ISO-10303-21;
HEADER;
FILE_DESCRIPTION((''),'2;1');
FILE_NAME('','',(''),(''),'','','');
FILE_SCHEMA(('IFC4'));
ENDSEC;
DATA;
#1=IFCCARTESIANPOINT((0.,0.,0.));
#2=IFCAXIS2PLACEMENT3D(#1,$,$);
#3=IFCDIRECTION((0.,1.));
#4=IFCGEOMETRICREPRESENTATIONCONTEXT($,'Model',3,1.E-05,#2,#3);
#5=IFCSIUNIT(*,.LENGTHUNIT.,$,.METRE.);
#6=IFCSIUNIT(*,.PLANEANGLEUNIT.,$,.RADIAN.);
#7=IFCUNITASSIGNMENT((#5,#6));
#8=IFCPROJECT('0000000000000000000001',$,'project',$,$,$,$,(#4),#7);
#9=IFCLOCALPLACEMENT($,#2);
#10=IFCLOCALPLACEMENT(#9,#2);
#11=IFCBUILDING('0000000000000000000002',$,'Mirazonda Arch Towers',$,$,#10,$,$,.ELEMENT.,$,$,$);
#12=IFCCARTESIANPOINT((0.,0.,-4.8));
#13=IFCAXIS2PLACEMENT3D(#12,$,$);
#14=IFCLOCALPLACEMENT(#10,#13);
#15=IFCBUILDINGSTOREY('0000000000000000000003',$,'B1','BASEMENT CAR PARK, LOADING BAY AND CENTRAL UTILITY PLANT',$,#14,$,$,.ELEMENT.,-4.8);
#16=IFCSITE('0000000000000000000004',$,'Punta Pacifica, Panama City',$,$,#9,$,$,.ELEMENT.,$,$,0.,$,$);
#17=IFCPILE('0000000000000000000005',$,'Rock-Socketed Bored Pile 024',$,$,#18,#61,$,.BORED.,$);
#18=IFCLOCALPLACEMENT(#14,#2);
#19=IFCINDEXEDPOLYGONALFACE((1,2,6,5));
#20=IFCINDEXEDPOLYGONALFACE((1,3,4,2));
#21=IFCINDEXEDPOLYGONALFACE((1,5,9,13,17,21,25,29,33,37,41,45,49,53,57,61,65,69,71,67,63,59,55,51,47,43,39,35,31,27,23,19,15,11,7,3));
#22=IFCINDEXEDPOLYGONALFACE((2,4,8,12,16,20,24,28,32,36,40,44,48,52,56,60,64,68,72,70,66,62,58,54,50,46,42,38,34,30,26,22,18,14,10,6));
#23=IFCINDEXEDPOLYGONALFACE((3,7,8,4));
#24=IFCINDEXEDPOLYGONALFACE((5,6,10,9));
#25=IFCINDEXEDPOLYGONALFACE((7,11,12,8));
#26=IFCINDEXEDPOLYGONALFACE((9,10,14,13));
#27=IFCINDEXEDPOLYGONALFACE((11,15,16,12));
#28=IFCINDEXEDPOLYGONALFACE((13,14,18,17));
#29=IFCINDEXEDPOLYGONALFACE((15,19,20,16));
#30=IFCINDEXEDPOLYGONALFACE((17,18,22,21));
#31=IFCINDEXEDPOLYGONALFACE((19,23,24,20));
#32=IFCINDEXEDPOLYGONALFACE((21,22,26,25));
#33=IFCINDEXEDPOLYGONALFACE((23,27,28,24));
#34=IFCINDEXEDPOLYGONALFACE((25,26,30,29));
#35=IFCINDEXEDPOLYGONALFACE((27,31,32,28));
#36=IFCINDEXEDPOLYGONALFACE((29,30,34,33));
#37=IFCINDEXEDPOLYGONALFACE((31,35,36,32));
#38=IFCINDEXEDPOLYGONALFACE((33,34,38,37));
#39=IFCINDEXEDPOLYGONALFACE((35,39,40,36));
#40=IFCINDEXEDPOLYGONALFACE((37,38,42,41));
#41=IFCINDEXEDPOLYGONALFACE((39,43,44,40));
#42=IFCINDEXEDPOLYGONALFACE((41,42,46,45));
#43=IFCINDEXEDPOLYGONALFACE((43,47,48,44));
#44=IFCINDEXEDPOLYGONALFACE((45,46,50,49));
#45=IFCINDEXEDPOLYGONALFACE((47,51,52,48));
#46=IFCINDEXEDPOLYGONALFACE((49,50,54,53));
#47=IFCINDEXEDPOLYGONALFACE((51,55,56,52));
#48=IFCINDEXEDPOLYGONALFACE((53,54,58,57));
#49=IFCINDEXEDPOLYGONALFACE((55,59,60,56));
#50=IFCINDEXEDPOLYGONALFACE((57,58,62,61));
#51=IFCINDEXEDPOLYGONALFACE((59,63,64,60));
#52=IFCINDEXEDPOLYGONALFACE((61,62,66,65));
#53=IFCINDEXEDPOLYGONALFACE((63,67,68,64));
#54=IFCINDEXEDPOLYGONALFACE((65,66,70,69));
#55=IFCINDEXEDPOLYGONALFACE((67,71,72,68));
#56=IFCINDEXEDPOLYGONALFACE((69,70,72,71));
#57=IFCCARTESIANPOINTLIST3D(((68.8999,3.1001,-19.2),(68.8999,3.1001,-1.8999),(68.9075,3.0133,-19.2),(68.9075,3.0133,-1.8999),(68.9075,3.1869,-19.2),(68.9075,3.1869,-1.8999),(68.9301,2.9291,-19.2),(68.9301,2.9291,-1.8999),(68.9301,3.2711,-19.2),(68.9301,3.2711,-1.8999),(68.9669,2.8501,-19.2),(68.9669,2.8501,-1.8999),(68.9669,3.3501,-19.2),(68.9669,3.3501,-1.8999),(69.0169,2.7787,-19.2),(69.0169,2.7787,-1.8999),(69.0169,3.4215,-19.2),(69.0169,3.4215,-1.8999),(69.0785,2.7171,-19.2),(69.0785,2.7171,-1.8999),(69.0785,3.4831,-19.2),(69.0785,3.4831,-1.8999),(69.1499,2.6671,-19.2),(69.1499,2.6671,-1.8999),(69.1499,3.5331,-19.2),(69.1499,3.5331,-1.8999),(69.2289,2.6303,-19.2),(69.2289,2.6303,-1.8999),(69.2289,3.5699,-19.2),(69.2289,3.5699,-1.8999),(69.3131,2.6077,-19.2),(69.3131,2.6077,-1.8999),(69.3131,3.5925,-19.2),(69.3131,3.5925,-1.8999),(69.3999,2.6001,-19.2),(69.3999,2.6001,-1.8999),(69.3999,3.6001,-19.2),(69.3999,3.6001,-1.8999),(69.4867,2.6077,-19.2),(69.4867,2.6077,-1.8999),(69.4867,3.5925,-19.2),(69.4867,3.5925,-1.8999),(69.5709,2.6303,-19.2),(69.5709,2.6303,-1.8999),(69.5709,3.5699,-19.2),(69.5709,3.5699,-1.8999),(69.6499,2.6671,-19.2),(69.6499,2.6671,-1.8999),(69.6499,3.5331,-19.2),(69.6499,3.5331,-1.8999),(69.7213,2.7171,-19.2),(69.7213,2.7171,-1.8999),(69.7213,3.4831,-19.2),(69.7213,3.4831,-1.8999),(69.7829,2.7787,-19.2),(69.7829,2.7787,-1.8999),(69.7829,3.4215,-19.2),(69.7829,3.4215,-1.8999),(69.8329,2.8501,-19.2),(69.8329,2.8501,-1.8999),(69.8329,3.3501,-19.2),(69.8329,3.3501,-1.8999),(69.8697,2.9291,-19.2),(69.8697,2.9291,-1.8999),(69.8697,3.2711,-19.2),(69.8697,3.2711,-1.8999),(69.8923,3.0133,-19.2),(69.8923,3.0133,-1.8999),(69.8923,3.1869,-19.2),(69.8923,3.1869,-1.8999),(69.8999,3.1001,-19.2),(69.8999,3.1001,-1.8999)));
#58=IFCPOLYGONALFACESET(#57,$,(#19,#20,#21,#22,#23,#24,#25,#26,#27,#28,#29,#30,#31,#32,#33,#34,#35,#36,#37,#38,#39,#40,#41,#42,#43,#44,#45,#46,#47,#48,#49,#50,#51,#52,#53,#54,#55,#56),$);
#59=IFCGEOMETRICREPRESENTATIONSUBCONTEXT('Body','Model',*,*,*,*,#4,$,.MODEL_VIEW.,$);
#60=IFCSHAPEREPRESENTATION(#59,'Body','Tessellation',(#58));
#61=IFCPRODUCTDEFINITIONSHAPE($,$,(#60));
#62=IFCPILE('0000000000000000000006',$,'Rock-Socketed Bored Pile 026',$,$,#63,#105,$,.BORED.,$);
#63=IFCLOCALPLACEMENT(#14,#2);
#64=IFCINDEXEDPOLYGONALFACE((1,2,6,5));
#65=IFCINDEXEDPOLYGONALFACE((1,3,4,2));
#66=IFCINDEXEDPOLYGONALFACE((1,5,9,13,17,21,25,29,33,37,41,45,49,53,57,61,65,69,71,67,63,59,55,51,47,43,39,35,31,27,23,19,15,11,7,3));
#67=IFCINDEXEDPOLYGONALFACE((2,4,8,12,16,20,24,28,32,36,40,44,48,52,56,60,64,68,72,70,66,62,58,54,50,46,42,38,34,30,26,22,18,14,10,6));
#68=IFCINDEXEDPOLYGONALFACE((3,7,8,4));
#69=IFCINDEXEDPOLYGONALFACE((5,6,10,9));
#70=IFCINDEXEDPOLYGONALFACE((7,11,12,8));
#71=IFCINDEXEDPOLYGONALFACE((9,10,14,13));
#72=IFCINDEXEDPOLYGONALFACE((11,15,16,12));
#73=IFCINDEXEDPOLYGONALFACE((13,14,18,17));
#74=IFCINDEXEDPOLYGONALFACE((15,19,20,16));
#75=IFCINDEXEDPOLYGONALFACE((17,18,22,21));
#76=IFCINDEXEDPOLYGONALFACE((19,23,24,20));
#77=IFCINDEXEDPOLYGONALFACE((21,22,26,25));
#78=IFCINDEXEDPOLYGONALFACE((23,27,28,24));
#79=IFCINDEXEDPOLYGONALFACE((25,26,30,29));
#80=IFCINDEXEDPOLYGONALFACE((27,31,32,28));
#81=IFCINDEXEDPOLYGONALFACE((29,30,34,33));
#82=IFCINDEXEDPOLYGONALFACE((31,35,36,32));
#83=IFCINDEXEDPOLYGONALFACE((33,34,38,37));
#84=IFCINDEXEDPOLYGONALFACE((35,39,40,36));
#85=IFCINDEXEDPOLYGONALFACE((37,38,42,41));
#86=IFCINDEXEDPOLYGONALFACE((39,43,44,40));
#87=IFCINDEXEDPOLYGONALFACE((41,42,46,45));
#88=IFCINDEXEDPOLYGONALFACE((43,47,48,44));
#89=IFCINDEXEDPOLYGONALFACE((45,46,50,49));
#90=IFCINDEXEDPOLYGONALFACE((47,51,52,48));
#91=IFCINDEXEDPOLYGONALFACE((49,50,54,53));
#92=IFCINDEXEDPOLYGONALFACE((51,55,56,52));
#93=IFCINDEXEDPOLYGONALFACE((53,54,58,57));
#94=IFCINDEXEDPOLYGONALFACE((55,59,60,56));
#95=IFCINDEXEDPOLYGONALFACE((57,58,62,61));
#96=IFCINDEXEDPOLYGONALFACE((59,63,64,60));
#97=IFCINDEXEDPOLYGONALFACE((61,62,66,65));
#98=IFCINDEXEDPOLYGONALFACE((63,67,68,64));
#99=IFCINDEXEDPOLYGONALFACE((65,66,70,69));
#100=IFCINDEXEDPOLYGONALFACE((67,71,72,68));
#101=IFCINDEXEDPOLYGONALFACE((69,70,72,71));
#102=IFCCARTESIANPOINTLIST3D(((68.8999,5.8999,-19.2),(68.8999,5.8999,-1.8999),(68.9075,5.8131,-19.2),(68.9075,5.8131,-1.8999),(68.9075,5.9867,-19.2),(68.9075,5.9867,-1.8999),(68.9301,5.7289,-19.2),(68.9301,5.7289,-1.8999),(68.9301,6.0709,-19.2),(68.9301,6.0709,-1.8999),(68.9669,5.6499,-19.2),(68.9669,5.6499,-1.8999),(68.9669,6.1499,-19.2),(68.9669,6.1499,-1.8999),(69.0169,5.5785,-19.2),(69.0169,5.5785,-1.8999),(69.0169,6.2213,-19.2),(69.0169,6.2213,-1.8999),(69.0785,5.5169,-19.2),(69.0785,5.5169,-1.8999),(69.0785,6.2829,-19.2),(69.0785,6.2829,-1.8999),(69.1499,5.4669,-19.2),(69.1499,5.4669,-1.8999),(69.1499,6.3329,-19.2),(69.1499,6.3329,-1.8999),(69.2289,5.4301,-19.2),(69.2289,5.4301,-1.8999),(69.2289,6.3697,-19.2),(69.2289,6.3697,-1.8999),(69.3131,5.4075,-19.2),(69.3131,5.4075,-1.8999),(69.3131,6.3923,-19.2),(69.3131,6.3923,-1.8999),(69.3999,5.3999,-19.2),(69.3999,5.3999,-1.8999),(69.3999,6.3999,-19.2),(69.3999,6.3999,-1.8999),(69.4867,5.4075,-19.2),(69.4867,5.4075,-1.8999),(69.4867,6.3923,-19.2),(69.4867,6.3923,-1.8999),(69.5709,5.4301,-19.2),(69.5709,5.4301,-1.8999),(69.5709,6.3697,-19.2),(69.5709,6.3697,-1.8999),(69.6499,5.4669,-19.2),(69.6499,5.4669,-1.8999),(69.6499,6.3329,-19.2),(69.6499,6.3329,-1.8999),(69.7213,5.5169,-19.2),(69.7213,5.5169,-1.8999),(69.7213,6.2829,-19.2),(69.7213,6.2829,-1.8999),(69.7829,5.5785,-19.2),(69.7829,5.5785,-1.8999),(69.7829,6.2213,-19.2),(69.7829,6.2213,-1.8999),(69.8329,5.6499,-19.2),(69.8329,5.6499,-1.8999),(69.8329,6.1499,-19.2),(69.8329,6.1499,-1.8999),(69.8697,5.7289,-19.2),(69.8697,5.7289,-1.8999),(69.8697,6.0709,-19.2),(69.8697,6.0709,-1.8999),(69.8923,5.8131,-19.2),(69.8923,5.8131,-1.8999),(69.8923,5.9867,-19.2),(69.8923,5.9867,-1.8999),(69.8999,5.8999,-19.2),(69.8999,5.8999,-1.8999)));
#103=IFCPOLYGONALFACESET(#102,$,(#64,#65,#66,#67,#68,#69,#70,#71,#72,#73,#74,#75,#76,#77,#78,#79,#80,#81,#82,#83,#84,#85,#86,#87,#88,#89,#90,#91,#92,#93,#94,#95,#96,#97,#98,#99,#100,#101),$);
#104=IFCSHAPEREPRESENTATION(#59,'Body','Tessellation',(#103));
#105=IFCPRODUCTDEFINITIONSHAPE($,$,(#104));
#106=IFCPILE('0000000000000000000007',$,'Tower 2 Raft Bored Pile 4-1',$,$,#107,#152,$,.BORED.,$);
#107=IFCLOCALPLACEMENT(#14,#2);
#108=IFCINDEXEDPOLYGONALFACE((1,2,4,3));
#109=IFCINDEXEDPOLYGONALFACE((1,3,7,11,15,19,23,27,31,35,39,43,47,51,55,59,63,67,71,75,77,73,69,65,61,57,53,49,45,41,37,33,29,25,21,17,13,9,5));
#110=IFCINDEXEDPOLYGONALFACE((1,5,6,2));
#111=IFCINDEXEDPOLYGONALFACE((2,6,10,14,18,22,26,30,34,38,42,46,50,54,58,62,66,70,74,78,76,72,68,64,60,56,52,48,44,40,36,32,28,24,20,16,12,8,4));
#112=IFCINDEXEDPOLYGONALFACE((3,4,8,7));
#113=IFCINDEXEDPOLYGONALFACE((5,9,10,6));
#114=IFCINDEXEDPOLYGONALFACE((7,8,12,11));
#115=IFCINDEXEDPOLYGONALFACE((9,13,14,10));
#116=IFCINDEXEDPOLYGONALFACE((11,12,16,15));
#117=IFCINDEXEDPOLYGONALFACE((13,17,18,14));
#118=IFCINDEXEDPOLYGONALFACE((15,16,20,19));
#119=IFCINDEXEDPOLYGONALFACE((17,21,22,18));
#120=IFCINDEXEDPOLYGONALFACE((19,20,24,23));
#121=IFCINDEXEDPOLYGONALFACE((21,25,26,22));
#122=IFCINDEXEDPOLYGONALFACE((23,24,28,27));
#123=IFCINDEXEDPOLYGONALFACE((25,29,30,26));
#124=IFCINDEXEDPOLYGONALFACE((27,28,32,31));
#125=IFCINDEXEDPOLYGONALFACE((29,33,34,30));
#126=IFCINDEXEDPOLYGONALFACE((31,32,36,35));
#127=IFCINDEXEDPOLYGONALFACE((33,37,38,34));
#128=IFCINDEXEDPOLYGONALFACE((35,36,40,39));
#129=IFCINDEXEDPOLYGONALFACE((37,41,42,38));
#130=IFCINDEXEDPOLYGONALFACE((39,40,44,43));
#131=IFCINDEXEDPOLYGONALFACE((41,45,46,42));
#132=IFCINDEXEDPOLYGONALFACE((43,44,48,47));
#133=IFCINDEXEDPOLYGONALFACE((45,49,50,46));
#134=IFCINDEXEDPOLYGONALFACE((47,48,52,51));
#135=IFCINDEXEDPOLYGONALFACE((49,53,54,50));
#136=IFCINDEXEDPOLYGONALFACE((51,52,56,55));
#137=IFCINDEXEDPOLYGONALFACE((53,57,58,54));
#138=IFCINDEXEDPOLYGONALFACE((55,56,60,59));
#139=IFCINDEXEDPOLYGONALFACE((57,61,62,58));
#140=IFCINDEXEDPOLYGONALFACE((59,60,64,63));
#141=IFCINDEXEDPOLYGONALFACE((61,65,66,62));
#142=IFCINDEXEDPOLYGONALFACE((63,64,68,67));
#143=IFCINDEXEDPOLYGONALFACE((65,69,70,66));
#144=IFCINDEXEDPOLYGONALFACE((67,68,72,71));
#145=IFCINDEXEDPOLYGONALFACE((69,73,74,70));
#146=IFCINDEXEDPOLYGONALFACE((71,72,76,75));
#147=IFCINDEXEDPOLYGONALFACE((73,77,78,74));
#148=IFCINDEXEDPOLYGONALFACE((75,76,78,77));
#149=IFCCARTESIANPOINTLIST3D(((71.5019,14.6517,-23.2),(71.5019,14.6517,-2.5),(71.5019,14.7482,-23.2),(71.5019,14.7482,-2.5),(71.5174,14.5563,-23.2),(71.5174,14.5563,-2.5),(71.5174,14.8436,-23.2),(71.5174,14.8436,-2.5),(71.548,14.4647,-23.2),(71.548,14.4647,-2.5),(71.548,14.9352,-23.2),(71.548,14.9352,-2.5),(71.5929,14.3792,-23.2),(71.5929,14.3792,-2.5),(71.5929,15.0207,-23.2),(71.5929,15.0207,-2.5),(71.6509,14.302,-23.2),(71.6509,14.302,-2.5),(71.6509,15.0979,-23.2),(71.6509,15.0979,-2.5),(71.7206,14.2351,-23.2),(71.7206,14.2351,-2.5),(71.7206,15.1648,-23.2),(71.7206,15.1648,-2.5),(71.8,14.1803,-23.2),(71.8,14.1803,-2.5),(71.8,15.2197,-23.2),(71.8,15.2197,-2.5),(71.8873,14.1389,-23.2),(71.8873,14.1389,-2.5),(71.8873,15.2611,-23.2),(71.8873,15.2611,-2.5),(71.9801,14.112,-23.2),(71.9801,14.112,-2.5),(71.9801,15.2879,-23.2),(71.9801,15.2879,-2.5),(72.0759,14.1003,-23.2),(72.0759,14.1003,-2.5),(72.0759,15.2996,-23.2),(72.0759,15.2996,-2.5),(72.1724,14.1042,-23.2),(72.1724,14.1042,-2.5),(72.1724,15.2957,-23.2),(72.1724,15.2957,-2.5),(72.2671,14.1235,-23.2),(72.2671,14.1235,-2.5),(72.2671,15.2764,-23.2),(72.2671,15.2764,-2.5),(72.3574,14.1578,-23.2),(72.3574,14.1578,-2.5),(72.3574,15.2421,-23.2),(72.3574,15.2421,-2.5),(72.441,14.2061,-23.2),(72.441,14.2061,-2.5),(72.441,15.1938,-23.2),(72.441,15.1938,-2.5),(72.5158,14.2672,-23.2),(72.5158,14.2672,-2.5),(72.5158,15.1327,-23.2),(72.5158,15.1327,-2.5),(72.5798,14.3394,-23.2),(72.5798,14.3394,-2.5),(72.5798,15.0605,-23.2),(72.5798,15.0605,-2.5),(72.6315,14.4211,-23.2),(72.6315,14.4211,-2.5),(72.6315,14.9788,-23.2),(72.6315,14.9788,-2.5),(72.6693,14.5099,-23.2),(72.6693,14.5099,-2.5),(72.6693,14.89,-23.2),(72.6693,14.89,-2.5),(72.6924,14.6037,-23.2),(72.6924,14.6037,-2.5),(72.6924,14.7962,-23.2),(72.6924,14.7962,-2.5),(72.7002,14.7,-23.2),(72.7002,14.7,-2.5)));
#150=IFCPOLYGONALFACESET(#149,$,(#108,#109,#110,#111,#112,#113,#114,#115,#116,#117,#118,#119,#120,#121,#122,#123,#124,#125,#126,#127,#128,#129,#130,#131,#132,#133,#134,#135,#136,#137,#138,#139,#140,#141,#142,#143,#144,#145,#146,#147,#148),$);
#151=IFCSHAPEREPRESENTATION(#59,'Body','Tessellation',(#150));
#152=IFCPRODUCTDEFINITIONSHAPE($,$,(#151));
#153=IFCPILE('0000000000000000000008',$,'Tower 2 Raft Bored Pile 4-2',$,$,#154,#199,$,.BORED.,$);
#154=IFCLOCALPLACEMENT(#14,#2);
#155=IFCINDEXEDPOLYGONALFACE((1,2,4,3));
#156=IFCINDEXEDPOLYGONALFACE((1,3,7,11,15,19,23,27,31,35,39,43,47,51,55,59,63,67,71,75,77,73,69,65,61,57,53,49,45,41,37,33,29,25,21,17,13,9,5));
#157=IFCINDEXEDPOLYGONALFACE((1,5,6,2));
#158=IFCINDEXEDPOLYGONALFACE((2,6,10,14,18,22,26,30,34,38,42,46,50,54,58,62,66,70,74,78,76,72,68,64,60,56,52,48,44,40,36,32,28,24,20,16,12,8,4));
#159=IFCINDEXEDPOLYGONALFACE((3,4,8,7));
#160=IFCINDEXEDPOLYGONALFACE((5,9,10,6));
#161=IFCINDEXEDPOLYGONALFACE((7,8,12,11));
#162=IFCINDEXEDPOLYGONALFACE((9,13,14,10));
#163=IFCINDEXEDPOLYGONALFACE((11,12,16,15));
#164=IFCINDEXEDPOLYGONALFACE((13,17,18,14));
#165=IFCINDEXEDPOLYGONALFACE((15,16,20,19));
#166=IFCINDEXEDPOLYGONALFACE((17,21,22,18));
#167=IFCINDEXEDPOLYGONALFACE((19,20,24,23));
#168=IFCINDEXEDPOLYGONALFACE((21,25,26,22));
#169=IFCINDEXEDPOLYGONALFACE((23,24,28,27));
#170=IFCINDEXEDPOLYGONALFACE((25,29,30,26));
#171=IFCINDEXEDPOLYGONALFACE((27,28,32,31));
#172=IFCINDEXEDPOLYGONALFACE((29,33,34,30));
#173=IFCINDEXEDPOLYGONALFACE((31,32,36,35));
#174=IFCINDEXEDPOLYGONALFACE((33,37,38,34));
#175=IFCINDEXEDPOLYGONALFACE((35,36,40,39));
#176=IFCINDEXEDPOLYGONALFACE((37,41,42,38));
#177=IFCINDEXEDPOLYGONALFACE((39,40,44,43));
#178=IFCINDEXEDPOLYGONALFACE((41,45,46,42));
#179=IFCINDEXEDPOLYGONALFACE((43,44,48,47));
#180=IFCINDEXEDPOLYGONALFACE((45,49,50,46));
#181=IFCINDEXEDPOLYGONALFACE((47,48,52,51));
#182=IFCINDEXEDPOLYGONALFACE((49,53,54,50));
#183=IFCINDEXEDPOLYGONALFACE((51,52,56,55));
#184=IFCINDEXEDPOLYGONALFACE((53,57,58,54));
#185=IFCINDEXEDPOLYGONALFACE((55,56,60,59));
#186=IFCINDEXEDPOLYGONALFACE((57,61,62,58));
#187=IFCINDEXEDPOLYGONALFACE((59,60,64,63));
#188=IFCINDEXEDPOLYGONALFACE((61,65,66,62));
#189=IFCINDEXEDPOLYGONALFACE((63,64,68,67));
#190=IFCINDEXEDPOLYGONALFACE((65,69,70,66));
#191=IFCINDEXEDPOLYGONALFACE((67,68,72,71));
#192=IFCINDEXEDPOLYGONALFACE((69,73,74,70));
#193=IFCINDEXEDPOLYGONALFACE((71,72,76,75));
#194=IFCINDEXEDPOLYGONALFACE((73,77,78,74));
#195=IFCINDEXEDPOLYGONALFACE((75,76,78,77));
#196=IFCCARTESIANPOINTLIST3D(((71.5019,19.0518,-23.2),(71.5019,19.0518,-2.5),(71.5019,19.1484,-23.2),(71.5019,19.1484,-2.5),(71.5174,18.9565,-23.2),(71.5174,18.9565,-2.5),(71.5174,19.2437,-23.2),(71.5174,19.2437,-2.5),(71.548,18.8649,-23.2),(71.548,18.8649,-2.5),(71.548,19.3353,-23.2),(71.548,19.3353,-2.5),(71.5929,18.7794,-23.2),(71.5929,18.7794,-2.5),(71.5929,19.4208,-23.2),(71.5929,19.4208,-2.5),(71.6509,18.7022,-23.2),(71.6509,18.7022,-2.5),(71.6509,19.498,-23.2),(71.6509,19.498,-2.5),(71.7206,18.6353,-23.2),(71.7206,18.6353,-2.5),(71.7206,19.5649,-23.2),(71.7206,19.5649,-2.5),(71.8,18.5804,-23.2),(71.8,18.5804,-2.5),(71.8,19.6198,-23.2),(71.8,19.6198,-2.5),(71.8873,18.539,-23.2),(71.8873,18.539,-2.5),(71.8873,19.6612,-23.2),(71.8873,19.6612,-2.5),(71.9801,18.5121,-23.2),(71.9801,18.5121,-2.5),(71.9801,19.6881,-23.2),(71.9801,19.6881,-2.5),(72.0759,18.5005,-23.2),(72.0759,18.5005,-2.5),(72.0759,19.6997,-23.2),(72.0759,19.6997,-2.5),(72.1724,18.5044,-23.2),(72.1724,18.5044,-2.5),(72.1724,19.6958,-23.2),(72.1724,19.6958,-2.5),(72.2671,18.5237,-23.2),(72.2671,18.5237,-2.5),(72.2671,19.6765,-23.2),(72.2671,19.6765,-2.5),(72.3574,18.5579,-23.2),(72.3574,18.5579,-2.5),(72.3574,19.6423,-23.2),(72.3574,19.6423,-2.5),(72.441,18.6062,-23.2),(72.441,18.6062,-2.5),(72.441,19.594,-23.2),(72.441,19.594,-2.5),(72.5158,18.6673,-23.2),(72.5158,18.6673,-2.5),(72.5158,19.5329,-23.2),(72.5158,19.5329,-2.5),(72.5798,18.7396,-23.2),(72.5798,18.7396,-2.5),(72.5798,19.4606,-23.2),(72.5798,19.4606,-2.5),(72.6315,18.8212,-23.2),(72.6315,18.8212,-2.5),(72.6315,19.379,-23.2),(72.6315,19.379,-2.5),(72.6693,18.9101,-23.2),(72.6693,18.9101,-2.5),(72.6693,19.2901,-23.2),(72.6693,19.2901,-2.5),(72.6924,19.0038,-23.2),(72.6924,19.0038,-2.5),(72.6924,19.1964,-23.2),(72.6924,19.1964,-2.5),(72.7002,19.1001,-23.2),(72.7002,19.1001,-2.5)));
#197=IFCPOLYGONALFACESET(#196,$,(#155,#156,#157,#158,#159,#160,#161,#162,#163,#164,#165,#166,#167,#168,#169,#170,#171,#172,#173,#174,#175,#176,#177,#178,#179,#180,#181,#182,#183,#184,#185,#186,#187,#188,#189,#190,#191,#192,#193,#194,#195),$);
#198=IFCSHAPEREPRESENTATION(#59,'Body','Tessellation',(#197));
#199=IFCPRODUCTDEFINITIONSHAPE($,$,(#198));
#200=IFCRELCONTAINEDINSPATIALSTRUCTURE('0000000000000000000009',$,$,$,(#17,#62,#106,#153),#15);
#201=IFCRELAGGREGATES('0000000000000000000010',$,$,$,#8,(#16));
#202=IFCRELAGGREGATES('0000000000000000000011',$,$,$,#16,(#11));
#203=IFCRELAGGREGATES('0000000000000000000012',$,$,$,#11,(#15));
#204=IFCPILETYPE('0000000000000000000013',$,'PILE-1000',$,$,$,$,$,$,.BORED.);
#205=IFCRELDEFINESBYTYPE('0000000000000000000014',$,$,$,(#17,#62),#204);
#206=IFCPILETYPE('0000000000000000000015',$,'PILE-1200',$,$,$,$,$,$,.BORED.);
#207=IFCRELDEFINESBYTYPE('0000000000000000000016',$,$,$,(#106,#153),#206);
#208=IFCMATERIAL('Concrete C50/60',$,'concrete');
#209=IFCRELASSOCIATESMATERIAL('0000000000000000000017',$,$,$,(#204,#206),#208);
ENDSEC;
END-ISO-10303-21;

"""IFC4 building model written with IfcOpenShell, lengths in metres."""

from ifc_helpers import new_model, si_unit, direction, frame, origin, origin_2d, place, context, subcontext, project, spatial, circle, extrude, material, material_profile, profile_set, type_object, element, save


model = new_model("IFC4")

# Units and contexts
model_context = context("Model", 3, precision=1e-05, world=origin(), true_north=direction((0.0, 1.0)))
body_context = subcontext(model_context, "Body", "Model", "MODEL_VIEW")
ifc_project = project(units=[si_unit("LENGTHUNIT", "METRE"), si_unit("PLANEANGLEUNIT", "RADIAN")], contexts=[model_context])

# Site, building, storey
site_placement = place(None, origin())
site = spatial("IfcSite", under=ifc_project, at=site_placement, Name="Punta Pacifica, Panama City", CompositionType="ELEMENT", RefElevation=0.0)
building_placement = place(site_placement, origin())
building = spatial("IfcBuilding", under=site, at=building_placement, Name="Mirazonda Arch Towers", CompositionType="ELEMENT")
storey_placement = place(building_placement, frame((0.0, 0.0, -4.8)))
storey = spatial("IfcBuildingStorey", under=building, at=storey_placement, Name="B1", Description="BASEMENT CAR PARK, LOADING BAY AND CENTRAL UTILITY PLANT", CompositionType="ELEMENT", Elevation=-4.8)

# Piles
ifc_material_1 = material(Name="Concrete C50/60", Category="concrete")
ifc_material_profile_1 = material_profile(ifc_material_1, circle(Radius=0.5, at=origin_2d()), Name="BORED-D1000")
ifc_profile_set_1 = profile_set([ifc_material_profile_1], Name="Concrete C50/60")
pile_type_1 = type_object("IfcPileType", Name="PILE-1000", PredefinedType="BORED", material=ifc_profile_set_1)
for number, where, z_axis, x_axis, name in (
    (1, (69.3999, 3.1001, -1.8999), (0.0, 0.0, -1.0), (1.0, 0.0, 0.0), "Rock-Socketed Bored Pile 024"),
    (2, (69.3999, 5.8999, -1.8999), (0.0, 0.0, -1.0), (1.0, 0.0, 0.0), "Rock-Socketed Bored Pile 026"),
):
    element("IfcPile", number, at=place(storey_placement, frame(where, z_axis=z_axis, x_axis=x_axis)), inside=storey, type_object=pile_type_1, Name=name, PredefinedType="BORED", context=body_context, shape_type="SweptSolid", body=[
        extrude(circle(Radius=0.5, at=origin_2d()), origin(), (0.0, 0.0, 1.0), 17.3),
    ])
ifc_material_profile_2 = material_profile(ifc_material_1, circle(Radius=0.6001, at=origin_2d()), Name="BORED-D1200")
ifc_profile_set_2 = profile_set([ifc_material_profile_2], Name="Concrete C50/60")
pile_type_2 = type_object("IfcPileType", Name="PILE-1200", PredefinedType="BORED", material=ifc_profile_set_2)
for number, where, z_axis, x_axis, name in (
    (3, (72.1001, 14.7, -2.5), (0.0, 0.0, -1.0), (1.0, 0.0, 0.0), "Tower 2 Raft Bored Pile 4-1"),
    (4, (72.1001, 19.1001, -2.5), (0.0, 0.0, -1.0), (1.0, 0.0, 0.0), "Tower 2 Raft Bored Pile 4-2"),
):
    element("IfcPile", number, at=place(storey_placement, frame(where, z_axis=z_axis, x_axis=x_axis)), inside=storey, type_object=pile_type_2, Name=name, PredefinedType="BORED", context=body_context, shape_type="SweptSolid", body=[
        extrude(circle(Radius=0.6001, at=origin_2d()), origin(), (0.0, 0.0, 1.0), 20.7),
    ])

save(model, "model.ifc")
